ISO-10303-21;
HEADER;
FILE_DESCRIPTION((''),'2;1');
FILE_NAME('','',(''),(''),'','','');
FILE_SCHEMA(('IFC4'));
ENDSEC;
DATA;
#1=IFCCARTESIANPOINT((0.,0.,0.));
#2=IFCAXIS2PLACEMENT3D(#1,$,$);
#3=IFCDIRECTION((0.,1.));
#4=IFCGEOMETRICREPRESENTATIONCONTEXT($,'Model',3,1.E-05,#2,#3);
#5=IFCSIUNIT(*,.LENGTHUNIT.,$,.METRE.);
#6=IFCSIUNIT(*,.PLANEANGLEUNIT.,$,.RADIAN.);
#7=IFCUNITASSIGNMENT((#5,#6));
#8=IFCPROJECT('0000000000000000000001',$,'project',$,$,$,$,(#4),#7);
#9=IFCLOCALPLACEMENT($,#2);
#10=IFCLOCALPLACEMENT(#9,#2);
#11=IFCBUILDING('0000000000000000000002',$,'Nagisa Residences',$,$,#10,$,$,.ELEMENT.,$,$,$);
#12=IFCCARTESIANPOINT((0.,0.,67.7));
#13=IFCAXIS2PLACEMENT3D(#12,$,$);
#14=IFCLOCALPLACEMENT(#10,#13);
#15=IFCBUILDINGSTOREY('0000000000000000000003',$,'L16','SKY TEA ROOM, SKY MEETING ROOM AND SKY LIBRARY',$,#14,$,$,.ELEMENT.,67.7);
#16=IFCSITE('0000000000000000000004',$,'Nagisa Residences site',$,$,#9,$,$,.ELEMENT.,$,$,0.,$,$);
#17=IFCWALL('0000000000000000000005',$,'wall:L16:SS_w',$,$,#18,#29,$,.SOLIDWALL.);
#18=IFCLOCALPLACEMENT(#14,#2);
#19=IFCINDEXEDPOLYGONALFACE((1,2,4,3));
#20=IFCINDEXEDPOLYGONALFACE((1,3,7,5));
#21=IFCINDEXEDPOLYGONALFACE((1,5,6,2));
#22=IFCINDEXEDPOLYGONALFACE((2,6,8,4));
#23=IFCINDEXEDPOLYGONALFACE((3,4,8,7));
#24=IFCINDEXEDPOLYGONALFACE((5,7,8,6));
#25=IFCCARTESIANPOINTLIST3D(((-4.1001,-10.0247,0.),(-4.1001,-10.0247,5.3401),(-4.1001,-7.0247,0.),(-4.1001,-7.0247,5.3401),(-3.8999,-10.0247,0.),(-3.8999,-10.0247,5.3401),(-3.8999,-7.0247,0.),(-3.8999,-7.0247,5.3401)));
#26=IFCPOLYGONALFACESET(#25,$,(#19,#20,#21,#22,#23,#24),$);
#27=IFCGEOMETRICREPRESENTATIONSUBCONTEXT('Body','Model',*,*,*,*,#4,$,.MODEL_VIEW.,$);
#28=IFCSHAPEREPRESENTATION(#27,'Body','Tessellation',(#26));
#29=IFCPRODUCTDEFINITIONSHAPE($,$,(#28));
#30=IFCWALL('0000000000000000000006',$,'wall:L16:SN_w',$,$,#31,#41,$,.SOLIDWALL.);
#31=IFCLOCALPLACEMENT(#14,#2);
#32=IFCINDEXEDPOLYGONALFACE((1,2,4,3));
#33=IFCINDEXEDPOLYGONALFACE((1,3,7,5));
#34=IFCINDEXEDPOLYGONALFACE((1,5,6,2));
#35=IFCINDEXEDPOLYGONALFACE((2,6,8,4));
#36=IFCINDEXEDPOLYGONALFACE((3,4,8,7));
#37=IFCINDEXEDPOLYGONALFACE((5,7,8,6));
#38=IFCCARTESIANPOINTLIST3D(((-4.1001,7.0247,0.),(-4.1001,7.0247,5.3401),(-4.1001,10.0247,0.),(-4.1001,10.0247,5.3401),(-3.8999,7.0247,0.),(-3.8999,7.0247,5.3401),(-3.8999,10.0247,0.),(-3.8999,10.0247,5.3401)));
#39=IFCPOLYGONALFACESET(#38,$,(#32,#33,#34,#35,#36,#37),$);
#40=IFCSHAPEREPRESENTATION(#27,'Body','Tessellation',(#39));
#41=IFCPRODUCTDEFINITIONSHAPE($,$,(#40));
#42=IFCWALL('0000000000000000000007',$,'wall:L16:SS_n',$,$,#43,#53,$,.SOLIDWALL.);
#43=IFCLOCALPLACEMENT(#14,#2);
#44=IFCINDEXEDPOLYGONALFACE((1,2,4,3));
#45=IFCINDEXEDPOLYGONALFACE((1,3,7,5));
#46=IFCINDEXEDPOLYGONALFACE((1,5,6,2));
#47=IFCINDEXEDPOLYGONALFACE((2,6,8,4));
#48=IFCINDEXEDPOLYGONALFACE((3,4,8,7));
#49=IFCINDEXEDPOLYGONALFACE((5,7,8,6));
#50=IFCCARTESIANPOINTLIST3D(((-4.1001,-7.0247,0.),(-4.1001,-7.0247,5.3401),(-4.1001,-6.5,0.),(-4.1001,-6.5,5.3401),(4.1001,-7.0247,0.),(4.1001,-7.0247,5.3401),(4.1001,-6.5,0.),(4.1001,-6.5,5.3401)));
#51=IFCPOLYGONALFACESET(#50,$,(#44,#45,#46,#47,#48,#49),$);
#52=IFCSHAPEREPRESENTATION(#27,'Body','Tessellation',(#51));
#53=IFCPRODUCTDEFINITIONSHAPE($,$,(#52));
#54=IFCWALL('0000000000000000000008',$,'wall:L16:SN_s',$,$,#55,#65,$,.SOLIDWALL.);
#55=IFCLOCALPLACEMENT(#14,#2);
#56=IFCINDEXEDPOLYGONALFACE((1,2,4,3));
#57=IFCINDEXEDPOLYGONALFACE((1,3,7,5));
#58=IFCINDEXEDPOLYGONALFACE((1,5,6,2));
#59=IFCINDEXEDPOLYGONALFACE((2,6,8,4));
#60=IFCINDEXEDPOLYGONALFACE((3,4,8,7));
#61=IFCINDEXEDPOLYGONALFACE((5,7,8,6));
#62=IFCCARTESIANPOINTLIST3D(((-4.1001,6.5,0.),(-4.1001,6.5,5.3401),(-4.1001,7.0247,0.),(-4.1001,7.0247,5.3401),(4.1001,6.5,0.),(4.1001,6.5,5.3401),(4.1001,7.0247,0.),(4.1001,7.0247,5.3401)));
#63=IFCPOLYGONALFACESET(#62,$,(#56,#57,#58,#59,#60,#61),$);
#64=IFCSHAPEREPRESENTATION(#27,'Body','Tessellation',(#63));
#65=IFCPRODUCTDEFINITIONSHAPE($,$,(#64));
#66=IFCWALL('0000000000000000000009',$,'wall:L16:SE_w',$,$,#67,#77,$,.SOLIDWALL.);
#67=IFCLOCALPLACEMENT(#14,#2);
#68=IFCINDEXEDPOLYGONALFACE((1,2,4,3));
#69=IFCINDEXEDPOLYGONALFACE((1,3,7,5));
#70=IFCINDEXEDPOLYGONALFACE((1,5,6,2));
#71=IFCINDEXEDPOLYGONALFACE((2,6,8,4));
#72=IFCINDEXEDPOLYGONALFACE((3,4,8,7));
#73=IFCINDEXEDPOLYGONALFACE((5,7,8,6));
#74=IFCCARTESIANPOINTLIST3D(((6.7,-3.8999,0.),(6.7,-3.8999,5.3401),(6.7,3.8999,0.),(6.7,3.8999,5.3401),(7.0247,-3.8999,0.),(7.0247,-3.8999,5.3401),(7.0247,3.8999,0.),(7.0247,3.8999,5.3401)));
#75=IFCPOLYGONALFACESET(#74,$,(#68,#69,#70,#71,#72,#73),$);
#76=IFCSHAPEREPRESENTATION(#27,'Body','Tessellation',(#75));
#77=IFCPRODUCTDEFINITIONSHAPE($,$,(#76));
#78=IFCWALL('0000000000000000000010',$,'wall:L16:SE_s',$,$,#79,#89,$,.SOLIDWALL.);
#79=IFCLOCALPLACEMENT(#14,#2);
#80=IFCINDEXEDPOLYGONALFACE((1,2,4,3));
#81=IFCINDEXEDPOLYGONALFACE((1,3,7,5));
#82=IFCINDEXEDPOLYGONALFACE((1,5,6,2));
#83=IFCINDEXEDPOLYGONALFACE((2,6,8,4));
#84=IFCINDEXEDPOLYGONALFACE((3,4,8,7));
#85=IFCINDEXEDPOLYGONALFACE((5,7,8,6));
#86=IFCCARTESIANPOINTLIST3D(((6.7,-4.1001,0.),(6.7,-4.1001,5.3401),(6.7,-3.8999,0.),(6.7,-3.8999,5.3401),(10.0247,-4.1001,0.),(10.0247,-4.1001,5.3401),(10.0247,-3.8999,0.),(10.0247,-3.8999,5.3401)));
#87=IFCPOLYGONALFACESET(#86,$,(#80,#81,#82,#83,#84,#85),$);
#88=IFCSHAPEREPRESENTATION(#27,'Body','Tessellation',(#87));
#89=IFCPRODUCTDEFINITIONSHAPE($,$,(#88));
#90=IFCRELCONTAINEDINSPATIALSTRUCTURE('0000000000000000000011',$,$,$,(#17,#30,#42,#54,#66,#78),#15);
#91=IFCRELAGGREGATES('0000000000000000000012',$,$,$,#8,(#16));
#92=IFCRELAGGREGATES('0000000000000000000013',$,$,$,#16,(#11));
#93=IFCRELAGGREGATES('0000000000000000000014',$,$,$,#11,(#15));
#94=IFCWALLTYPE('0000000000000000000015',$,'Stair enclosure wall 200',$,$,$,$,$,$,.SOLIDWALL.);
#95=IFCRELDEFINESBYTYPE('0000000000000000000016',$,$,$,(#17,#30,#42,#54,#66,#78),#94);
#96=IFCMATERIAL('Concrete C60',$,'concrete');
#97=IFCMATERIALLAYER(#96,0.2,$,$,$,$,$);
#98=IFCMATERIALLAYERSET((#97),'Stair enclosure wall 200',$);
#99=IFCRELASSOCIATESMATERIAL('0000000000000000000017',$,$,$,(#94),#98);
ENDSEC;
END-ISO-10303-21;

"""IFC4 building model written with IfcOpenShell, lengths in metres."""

from ifc_helpers import new_model, si_unit, direction, frame, origin, place, context, subcontext, project, spatial, polyline, outline, extrude, material, layer, layer_set, type_object, element, save


model = new_model("IFC4")

# Units and contexts
model_context = context("Model", 3, precision=1e-05, world=origin(), true_north=direction((0.0, 1.0)))
body_context = subcontext(model_context, "Body", "Model", "MODEL_VIEW")
ifc_project = project(units=[si_unit("LENGTHUNIT", "METRE"), si_unit("PLANEANGLEUNIT", "RADIAN")], contexts=[model_context])

# Site, building, storey
site_placement = place(None, origin())
site = spatial("IfcSite", under=ifc_project, at=site_placement, Name="Nagisa Residences site", CompositionType="ELEMENT", RefElevation=0.0)
building_placement = place(site_placement, origin())
building = spatial("IfcBuilding", under=site, at=building_placement, Name="Nagisa Residences", CompositionType="ELEMENT")
storey_placement = place(building_placement, frame((0.0, 0.0, 67.7)))
storey = spatial("IfcBuildingStorey", under=building, at=storey_placement, Name="L16", Description="SKY TEA ROOM, SKY MEETING ROOM AND SKY LIBRARY", CompositionType="ELEMENT", Elevation=67.7)

# Walls
ifc_material_1 = material(Name="Concrete C60", Category="concrete")
ifc_layer_1 = layer(ifc_material_1, 0.2)
ifc_layer_set_1 = layer_set([ifc_layer_1], Name="Stair enclosure wall 200")
wall_type_1 = type_object("IfcWallType", Name="Stair enclosure wall 200", PredefinedType="SOLIDWALL", material=ifc_layer_set_1)
wall_1_placement = place(storey_placement, origin())
element("IfcWall", 1, at=wall_1_placement, inside=storey, type_object=wall_type_1, Name="wall:L16:SS_w", PredefinedType="SOLIDWALL", context=body_context, shape_type="SweptSolid", body=[
    extrude(outline(polyline([(-3.8999, -10.0247), (-4.1001, -10.0247), (-4.1001, -7.0247), (-3.8999, -7.0247), (-3.8999, -10.0247)])), origin(), (0.0, 0.0, 1.0), 5.3401),
])
wall_2_placement = place(storey_placement, origin())
element("IfcWall", 2, at=wall_2_placement, inside=storey, type_object=wall_type_1, Name="wall:L16:SN_w", PredefinedType="SOLIDWALL", context=body_context, shape_type="SweptSolid", body=[
    extrude(outline(polyline([(-3.8999, 7.0247), (-4.1001, 7.0247), (-4.1001, 10.0247), (-3.8999, 10.0247), (-3.8999, 7.0247)])), origin(), (0.0, 0.0, 1.0), 5.3401),
])
wall_3_placement = place(storey_placement, origin())
element("IfcWall", 3, at=wall_3_placement, inside=storey, type_object=wall_type_1, Name="wall:L16:SS_n", PredefinedType="SOLIDWALL", context=body_context, shape_type="SweptSolid", body=[
    extrude(outline(polyline([(4.1001, -7.0247), (-4.1001, -7.0247), (-4.1001, -6.5), (4.1001, -6.5), (4.1001, -7.0247)])), origin(), (0.0, 0.0, 1.0), 5.3401),
])
wall_4_placement = place(storey_placement, origin())
element("IfcWall", 4, at=wall_4_placement, inside=storey, type_object=wall_type_1, Name="wall:L16:SN_s", PredefinedType="SOLIDWALL", context=body_context, shape_type="SweptSolid", body=[
    extrude(outline(polyline([(4.1001, 6.5), (-4.1001, 6.5), (-4.1001, 7.0247), (4.1001, 7.0247), (4.1001, 6.5)])), origin(), (0.0, 0.0, 1.0), 5.3401),
])
wall_5_placement = place(storey_placement, origin())
element("IfcWall", 5, at=wall_5_placement, inside=storey, type_object=wall_type_1, Name="wall:L16:SE_w", PredefinedType="SOLIDWALL", context=body_context, shape_type="SweptSolid", body=[
    extrude(outline(polyline([(7.0247, -3.8999), (6.7, -3.8999), (6.7, 3.8999), (7.0247, 3.8999), (7.0247, -3.8999)])), origin(), (0.0, 0.0, 1.0), 5.3401),
])
wall_6_placement = place(storey_placement, origin())
element("IfcWall", 6, at=wall_6_placement, inside=storey, type_object=wall_type_1, Name="wall:L16:SE_s", PredefinedType="SOLIDWALL", context=body_context, shape_type="SweptSolid", body=[
    extrude(outline(polyline([(10.0247, -4.1001), (6.7, -4.1001), (6.7, -3.8999), (10.0247, -3.8999), (10.0247, -4.1001)])), origin(), (0.0, 0.0, 1.0), 5.3401),
])

save(model, "model.ifc")
